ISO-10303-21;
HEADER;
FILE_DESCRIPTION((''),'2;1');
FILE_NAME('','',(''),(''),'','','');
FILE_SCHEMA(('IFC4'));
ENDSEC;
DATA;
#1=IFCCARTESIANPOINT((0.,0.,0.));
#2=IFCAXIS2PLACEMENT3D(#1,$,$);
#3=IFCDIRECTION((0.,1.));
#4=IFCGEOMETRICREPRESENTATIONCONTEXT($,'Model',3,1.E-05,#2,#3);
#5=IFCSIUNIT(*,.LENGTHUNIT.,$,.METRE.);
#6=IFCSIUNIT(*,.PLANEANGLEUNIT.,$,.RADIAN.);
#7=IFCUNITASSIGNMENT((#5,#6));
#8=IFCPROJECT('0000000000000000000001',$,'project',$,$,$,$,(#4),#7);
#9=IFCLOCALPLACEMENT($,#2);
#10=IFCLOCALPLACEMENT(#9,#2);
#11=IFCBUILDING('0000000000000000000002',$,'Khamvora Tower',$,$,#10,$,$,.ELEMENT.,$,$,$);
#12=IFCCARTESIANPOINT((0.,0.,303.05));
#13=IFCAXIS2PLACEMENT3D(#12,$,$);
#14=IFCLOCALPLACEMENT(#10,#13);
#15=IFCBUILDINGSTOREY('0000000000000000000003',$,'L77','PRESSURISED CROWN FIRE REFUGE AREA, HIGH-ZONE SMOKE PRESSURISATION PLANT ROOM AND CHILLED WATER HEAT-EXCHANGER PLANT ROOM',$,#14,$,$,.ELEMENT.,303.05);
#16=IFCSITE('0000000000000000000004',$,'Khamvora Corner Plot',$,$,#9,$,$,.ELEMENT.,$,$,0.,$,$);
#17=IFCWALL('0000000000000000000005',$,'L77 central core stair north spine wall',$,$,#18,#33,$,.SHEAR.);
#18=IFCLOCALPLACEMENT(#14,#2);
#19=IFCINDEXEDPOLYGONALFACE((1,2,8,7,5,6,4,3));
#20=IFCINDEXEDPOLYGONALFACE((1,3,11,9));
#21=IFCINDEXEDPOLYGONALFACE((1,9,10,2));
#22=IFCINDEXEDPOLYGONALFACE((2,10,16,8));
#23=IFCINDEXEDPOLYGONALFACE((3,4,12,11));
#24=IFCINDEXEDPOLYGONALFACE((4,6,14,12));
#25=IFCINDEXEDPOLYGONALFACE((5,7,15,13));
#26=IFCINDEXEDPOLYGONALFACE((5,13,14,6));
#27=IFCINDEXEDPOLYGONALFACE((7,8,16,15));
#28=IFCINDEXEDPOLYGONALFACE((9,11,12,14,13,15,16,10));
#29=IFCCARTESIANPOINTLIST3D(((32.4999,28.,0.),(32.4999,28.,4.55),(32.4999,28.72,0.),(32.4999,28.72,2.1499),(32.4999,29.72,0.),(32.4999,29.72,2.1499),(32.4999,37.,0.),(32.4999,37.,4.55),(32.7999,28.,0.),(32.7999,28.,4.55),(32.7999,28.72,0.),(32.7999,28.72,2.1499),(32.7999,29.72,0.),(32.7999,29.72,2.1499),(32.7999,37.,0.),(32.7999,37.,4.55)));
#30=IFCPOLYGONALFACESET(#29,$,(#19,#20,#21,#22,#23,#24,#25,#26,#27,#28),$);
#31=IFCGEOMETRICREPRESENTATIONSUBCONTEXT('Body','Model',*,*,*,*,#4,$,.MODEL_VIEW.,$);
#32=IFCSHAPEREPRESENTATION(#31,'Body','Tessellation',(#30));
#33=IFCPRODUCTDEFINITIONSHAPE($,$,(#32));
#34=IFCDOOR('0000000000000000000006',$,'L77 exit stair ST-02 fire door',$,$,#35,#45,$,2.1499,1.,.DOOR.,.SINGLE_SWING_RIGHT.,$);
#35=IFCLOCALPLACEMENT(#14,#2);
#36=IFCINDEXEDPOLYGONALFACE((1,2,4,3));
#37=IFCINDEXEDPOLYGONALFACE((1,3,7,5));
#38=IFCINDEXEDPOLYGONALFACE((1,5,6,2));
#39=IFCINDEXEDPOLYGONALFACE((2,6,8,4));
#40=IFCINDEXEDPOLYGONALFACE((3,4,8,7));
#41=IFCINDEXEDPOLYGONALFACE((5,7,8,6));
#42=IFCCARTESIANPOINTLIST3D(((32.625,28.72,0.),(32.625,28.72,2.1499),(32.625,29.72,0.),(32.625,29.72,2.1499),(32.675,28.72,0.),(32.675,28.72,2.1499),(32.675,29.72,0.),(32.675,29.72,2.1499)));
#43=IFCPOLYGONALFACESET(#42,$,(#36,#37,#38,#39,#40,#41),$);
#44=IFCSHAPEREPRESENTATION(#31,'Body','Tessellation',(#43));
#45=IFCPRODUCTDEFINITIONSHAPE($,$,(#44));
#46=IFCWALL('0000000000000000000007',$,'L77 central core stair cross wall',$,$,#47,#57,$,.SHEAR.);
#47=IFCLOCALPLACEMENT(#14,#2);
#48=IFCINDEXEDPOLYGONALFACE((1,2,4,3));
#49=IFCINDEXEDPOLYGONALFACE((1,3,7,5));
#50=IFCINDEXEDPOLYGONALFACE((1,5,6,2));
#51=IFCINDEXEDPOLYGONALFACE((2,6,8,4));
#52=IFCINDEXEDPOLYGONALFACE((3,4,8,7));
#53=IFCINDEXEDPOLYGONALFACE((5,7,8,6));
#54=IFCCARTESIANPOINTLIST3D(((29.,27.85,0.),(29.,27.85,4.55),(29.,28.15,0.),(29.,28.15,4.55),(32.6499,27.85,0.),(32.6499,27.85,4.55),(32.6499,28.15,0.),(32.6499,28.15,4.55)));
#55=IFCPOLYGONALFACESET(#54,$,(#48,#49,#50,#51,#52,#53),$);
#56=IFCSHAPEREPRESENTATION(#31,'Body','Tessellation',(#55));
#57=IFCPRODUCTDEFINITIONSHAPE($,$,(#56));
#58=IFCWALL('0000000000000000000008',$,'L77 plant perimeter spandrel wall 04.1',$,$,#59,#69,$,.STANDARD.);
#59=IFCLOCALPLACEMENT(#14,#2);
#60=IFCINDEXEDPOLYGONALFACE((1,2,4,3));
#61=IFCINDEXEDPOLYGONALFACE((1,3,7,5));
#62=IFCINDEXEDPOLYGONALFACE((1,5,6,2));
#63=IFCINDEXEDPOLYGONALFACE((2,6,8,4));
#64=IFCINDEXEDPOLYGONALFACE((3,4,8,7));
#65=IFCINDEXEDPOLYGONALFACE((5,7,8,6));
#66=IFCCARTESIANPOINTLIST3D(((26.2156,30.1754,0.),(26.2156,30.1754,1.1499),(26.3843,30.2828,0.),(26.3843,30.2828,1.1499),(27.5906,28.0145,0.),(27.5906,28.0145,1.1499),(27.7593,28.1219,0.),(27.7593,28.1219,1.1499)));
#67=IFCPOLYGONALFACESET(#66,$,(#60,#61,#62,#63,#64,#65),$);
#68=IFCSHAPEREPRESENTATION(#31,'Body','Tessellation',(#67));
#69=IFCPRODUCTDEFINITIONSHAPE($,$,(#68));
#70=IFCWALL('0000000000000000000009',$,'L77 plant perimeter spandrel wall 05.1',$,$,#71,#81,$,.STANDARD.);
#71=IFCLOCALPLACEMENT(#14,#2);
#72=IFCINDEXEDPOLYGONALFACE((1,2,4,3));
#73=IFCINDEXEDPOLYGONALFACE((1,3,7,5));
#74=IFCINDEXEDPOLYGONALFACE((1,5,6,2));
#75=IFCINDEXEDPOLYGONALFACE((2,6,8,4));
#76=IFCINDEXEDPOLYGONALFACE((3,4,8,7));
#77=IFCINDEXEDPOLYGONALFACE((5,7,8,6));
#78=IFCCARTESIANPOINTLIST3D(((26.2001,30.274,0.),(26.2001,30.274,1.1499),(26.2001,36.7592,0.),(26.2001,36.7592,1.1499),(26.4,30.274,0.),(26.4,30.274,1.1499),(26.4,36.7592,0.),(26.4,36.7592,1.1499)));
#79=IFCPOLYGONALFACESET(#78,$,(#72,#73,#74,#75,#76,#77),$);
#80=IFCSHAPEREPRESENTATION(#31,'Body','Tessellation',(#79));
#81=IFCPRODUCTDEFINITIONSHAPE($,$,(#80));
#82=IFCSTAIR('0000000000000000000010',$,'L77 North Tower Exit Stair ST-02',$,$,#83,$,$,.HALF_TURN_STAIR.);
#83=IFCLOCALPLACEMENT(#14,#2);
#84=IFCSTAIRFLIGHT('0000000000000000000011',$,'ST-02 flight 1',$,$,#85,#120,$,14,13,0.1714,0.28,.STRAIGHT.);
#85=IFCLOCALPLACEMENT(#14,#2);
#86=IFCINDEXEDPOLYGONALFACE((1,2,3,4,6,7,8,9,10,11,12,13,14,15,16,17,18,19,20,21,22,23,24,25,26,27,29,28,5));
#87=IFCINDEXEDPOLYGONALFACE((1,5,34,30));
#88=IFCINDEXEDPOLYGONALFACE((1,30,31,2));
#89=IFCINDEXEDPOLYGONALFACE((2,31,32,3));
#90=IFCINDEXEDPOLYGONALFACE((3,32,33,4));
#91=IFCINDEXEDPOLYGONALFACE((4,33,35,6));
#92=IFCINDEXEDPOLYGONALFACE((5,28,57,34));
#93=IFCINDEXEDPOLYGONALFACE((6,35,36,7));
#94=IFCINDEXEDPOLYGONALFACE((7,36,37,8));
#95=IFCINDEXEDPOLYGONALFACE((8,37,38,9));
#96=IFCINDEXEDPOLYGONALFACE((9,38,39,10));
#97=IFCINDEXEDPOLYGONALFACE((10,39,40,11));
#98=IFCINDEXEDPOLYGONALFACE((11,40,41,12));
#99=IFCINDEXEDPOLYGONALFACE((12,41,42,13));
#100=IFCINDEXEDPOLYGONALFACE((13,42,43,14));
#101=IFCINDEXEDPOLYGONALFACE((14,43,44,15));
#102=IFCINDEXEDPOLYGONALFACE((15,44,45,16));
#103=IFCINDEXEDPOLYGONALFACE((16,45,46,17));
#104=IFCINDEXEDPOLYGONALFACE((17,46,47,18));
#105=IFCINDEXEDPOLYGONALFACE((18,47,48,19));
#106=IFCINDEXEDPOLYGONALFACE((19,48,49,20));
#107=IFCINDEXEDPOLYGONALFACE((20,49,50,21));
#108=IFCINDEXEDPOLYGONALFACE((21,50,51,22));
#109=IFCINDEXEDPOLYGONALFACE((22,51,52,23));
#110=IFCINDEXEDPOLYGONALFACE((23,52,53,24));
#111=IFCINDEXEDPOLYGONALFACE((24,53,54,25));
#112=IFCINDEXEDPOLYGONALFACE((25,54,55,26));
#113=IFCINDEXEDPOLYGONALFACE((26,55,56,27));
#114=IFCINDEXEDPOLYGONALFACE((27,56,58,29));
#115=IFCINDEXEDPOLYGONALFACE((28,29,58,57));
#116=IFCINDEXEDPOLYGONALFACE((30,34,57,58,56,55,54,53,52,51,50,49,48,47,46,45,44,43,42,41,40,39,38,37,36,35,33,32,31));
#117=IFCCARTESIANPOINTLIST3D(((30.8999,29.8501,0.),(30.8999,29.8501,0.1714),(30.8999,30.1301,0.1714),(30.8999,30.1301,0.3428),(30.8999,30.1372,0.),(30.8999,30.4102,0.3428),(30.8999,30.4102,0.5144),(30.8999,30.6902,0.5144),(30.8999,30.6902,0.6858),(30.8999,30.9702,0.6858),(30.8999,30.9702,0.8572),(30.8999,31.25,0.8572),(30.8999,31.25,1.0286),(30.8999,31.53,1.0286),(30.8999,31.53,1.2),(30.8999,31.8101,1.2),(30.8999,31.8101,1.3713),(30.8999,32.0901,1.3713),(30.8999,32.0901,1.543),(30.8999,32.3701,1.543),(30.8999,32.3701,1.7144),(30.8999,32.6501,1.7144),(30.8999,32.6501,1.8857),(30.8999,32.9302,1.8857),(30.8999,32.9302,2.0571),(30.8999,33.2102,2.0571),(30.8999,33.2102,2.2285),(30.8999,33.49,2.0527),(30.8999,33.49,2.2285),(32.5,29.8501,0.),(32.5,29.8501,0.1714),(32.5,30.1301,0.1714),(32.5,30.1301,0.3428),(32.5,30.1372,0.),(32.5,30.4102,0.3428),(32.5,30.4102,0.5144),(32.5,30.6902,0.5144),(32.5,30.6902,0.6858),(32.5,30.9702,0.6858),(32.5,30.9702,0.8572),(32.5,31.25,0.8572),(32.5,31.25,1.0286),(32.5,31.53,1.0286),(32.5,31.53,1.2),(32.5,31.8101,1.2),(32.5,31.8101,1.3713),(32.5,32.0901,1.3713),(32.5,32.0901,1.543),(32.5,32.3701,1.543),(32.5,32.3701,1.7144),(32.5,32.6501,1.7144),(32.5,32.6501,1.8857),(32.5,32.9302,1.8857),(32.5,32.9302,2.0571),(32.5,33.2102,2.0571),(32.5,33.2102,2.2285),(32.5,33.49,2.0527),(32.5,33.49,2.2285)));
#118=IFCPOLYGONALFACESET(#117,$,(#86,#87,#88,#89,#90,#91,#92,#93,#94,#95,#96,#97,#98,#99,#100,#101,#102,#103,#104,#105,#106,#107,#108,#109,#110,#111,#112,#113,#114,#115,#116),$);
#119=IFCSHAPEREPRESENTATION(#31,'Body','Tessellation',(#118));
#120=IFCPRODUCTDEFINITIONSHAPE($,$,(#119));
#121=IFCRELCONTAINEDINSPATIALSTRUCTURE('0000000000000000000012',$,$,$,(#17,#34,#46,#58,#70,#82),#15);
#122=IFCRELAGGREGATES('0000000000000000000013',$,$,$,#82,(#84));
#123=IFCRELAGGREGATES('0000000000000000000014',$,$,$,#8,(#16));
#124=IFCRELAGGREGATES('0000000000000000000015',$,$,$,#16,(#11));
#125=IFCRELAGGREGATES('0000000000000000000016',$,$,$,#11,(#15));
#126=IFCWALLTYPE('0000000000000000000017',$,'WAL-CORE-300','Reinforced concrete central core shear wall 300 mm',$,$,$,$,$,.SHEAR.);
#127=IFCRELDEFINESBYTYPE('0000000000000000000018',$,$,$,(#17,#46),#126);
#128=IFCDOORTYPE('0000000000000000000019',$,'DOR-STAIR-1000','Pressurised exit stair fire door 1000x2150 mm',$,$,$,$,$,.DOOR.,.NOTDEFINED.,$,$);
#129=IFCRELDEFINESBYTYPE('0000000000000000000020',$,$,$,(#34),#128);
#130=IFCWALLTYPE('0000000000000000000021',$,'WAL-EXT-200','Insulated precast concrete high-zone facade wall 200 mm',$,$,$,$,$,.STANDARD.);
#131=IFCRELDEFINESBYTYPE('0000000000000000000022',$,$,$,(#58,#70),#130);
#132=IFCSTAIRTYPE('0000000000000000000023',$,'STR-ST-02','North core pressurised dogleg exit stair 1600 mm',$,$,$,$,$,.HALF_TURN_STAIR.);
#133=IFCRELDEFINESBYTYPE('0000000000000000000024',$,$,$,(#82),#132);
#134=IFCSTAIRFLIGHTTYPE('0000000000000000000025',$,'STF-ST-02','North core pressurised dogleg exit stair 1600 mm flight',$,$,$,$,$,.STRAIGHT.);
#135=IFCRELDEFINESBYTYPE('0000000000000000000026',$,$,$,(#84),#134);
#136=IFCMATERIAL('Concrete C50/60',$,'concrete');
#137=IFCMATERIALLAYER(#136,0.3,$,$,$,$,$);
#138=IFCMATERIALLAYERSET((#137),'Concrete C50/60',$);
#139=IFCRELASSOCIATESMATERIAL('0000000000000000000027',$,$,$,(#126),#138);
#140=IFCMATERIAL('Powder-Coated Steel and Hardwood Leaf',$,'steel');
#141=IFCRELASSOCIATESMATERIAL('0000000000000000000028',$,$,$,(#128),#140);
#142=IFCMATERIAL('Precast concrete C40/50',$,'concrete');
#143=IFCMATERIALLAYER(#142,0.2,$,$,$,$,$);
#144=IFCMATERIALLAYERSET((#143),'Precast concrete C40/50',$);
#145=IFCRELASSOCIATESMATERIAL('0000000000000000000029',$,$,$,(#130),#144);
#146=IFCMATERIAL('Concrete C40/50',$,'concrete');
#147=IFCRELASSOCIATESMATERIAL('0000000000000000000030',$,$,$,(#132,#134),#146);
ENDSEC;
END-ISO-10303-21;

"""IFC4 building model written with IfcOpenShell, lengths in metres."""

from ifc_helpers import new_model, si_unit, direction, frame, frame_2d, origin, place, context, subcontext, project, spatial, polyline, rectangle, outline, extrude, material, layer, layer_set, type_object, element, fill, aggregate, save


model = new_model("IFC4")

# Units and contexts
model_context = context("Model", 3, precision=1e-05, world=origin(), true_north=direction((0.0, 1.0)))
body_context = subcontext(model_context, "Body", "Model", "MODEL_VIEW")
ifc_project = project(units=[si_unit("LENGTHUNIT", "METRE"), si_unit("PLANEANGLEUNIT", "RADIAN")], contexts=[model_context])

# Site, building, storey
site_placement = place(None, origin())
site = spatial("IfcSite", under=ifc_project, at=site_placement, Name="Khamvora Corner Plot", CompositionType="ELEMENT", RefElevation=0.0)
building_placement = place(site_placement, origin())
building = spatial("IfcBuilding", under=site, at=building_placement, Name="Khamvora Tower", CompositionType="ELEMENT")
storey_placement = place(building_placement, frame((0.0, 0.0, 303.05)))
storey = spatial("IfcBuildingStorey", under=building, at=storey_placement, Name="L77", Description="PRESSURISED CROWN FIRE REFUGE AREA, HIGH-ZONE SMOKE PRESSURISATION PLANT ROOM AND CHILLED WATER HEAT-EXCHANGER PLANT ROOM", CompositionType="ELEMENT", Elevation=303.05)

# Shared definitions
ifc_material_1 = material(Name="Concrete C50/60", Category="concrete")
ifc_layer_1 = layer(ifc_material_1, 0.3)
ifc_layer_set_1 = layer_set([ifc_layer_1], Name="Concrete C50/60")
wall_type_1 = type_object("IfcWallType", Name="WAL-CORE-300", Description="Reinforced concrete central core shear wall 300 mm", PredefinedType="SHEAR", material=ifc_layer_set_1)

# Wall, opening, door
wall_1_placement = place(storey_placement, frame((32.6499, 28.0, 0.0), z_axis=(0.0, 0.0, 1.0), x_axis=(0.0, 1.0, 0.0)))
wall_1 = element("IfcWall", 1, at=wall_1_placement, inside=storey, type_object=wall_type_1, Name="L77 central core stair north spine wall", PredefinedType="SHEAR", context=body_context, shape_type="SweptSolid", body=[
    extrude(rectangle(XDim=9.0, YDim=0.3, at=frame_2d((4.5, 0.0))), origin(), (0.0, 0.0, 1.0), 4.55),
])
opening_placement = place(wall_1_placement, frame((0.72, 0.0, 0.0)))
opening = element("IfcOpeningElement", 2, at=opening_placement, cuts=wall_1, PredefinedType="OPENING", context=body_context, shape_type="SweptSolid", body=[
    extrude(rectangle(XDim=1.0, YDim=2.1499, at=frame_2d((0.5, 1.075))), frame((0.0, 0.1599, 0.0), z_axis=(0.0, -1.0, 0.0), x_axis=(1.0, 0.0, 0.0)), (0.0, 0.0, 1.0), 0.3201),
])
ifc_material_2 = material(Name="Powder-Coated Steel and Hardwood Leaf", Category="steel")
door_type = type_object("IfcDoorType", Name="DOR-STAIR-1000", Description="Pressurised exit stair fire door 1000x2150 mm", OperationType="NOTDEFINED", PredefinedType="DOOR", material=ifc_material_2)
door_placement = place(opening_placement, origin())
door = element("IfcDoor", 3, at=door_placement, inside=storey, type_object=door_type, Name="L77 exit stair ST-02 fire door", OperationType="SINGLE_SWING_RIGHT", OverallHeight=2.1499, OverallWidth=1.0, PredefinedType="DOOR", context=body_context, shape_type="SweptSolid", body=[
    extrude(rectangle(XDim=1.0, YDim=2.1499, at=frame_2d((0.5, 1.075))), frame((0.0, 0.0249, 0.0), z_axis=(0.0, -1.0, 0.0), x_axis=(1.0, 0.0, 0.0)), (0.0, 0.0, 1.0), 0.05),
])
fill(opening, door)

# Walls
wall_2_placement = place(storey_placement, frame((29.0, 28.0, 0.0), z_axis=(0.0, 0.0, 1.0), x_axis=(1.0, 0.0, 0.0)))
element("IfcWall", 4, at=wall_2_placement, inside=storey, type_object=wall_type_1, Name="L77 central core stair cross wall", PredefinedType="SHEAR", context=body_context, shape_type="SweptSolid", body=[
    extrude(rectangle(XDim=3.6499, YDim=0.3, at=frame_2d((1.825, 0.0))), origin(), (0.0, 0.0, 1.0), 4.55),
])
ifc_material_3 = material(Name="Precast concrete C40/50", Category="concrete")
ifc_layer_2 = layer(ifc_material_3, 0.2)
ifc_layer_set_2 = layer_set([ifc_layer_2], Name="Precast concrete C40/50")
wall_type_2 = type_object("IfcWallType", Name="WAL-EXT-200", Description="Insulated precast concrete high-zone facade wall 200 mm", PredefinedType="STANDARD", material=ifc_layer_set_2)
wall_3_placement = place(storey_placement, frame((27.675, 28.0681, 0.0), z_axis=(0.0, 0.0, 1.0), x_axis=(-0.536845, 0.843681, 0.0)))
element("IfcWall", 5, at=wall_3_placement, inside=storey, type_object=wall_type_2, Name="L77 plant perimeter spandrel wall 04.1", PredefinedType="STANDARD", context=body_context, shape_type="SweptSolid", body=[
    extrude(rectangle(XDim=2.5613, YDim=0.2, at=frame_2d((1.2808, 0.0))), origin(), (0.0, 0.0, 1.0), 1.1499),
])
wall_4_placement = place(storey_placement, frame((26.3, 30.2739, 0.0), z_axis=(0.0, 0.0, 1.0), x_axis=(0.0, 1.0, 0.0)))
element("IfcWall", 6, at=wall_4_placement, inside=storey, type_object=wall_type_2, Name="L77 plant perimeter spandrel wall 05.1", PredefinedType="STANDARD", context=body_context, shape_type="SweptSolid", body=[
    extrude(rectangle(XDim=6.4851, YDim=0.2, at=frame_2d((3.2427, 0.0))), origin(), (0.0, 0.0, 1.0), 1.1499),
])

# Stair, stair flight
ifc_material_4 = material(Name="Concrete C40/50", Category="concrete")
stair_type = type_object("IfcStairType", Name="STR-ST-02", Description="North core pressurised dogleg exit stair 1600 mm", PredefinedType="HALF_TURN_STAIR", material=ifc_material_4)
stair_placement = place(storey_placement, origin())
stair = element("IfcStair", 7, at=stair_placement, inside=storey, type_object=stair_type, Name="L77 North Tower Exit Stair ST-02", PredefinedType="HALF_TURN_STAIR")
stair_flight_type = type_object("IfcStairFlightType", Name="STF-ST-02", Description="North core pressurised dogleg exit stair 1600 mm flight", PredefinedType="STRAIGHT", material=ifc_material_4)
stair_flight_placement = place(storey_placement, frame((31.7, 29.8501, 0.0), z_axis=(0.0, 0.0, 1.0), x_axis=(0.0, 1.0, 0.0)))
stair_flight = element("IfcStairFlight", 8, at=stair_flight_placement, type_object=stair_flight_type, Name="ST-02 flight 1", NumberOfRisers=14, NumberOfTreads=13, PredefinedType="STRAIGHT", RiserHeight=0.1714, TreadLength=0.28, context=body_context, shape_type="SweptSolid", body=[
    extrude(outline(polyline([(0.0, 0.0), (0.0, 0.1714), (0.28, 0.1714), (0.28, 0.3428), (0.5601, 0.3428), (0.5601, 0.5144), (0.8401, 0.5144), (0.8401, 0.6858), (1.1201, 0.6858), (1.1201, 0.8572), (1.3999, 0.8572), (1.3999, 1.0286), (1.6799, 1.0286), (1.6799, 1.2), (1.96, 1.2), (1.96, 1.3713), (2.24, 1.3713), (2.24, 1.543), (2.52, 1.543), (2.52, 1.7144), (2.8, 1.7144), (2.8, 1.8857), (3.0801, 1.8857), (3.0801, 2.0571), (3.3601, 2.0571), (3.3601, 2.2285), (3.6399, 2.2285), (3.6399, 2.3999), (3.6399, 2.0527), (0.2871, 0.0), (0.0, 0.0)])), frame((0.0, 0.8, 0.0), z_axis=(0.0, -1.0, 0.0), x_axis=(1.0, 0.0, 0.0)), (0.0, 0.0, 1.0), 1.6001),
])
aggregate(stair, [stair_flight])

save(model, "model.ifc")
